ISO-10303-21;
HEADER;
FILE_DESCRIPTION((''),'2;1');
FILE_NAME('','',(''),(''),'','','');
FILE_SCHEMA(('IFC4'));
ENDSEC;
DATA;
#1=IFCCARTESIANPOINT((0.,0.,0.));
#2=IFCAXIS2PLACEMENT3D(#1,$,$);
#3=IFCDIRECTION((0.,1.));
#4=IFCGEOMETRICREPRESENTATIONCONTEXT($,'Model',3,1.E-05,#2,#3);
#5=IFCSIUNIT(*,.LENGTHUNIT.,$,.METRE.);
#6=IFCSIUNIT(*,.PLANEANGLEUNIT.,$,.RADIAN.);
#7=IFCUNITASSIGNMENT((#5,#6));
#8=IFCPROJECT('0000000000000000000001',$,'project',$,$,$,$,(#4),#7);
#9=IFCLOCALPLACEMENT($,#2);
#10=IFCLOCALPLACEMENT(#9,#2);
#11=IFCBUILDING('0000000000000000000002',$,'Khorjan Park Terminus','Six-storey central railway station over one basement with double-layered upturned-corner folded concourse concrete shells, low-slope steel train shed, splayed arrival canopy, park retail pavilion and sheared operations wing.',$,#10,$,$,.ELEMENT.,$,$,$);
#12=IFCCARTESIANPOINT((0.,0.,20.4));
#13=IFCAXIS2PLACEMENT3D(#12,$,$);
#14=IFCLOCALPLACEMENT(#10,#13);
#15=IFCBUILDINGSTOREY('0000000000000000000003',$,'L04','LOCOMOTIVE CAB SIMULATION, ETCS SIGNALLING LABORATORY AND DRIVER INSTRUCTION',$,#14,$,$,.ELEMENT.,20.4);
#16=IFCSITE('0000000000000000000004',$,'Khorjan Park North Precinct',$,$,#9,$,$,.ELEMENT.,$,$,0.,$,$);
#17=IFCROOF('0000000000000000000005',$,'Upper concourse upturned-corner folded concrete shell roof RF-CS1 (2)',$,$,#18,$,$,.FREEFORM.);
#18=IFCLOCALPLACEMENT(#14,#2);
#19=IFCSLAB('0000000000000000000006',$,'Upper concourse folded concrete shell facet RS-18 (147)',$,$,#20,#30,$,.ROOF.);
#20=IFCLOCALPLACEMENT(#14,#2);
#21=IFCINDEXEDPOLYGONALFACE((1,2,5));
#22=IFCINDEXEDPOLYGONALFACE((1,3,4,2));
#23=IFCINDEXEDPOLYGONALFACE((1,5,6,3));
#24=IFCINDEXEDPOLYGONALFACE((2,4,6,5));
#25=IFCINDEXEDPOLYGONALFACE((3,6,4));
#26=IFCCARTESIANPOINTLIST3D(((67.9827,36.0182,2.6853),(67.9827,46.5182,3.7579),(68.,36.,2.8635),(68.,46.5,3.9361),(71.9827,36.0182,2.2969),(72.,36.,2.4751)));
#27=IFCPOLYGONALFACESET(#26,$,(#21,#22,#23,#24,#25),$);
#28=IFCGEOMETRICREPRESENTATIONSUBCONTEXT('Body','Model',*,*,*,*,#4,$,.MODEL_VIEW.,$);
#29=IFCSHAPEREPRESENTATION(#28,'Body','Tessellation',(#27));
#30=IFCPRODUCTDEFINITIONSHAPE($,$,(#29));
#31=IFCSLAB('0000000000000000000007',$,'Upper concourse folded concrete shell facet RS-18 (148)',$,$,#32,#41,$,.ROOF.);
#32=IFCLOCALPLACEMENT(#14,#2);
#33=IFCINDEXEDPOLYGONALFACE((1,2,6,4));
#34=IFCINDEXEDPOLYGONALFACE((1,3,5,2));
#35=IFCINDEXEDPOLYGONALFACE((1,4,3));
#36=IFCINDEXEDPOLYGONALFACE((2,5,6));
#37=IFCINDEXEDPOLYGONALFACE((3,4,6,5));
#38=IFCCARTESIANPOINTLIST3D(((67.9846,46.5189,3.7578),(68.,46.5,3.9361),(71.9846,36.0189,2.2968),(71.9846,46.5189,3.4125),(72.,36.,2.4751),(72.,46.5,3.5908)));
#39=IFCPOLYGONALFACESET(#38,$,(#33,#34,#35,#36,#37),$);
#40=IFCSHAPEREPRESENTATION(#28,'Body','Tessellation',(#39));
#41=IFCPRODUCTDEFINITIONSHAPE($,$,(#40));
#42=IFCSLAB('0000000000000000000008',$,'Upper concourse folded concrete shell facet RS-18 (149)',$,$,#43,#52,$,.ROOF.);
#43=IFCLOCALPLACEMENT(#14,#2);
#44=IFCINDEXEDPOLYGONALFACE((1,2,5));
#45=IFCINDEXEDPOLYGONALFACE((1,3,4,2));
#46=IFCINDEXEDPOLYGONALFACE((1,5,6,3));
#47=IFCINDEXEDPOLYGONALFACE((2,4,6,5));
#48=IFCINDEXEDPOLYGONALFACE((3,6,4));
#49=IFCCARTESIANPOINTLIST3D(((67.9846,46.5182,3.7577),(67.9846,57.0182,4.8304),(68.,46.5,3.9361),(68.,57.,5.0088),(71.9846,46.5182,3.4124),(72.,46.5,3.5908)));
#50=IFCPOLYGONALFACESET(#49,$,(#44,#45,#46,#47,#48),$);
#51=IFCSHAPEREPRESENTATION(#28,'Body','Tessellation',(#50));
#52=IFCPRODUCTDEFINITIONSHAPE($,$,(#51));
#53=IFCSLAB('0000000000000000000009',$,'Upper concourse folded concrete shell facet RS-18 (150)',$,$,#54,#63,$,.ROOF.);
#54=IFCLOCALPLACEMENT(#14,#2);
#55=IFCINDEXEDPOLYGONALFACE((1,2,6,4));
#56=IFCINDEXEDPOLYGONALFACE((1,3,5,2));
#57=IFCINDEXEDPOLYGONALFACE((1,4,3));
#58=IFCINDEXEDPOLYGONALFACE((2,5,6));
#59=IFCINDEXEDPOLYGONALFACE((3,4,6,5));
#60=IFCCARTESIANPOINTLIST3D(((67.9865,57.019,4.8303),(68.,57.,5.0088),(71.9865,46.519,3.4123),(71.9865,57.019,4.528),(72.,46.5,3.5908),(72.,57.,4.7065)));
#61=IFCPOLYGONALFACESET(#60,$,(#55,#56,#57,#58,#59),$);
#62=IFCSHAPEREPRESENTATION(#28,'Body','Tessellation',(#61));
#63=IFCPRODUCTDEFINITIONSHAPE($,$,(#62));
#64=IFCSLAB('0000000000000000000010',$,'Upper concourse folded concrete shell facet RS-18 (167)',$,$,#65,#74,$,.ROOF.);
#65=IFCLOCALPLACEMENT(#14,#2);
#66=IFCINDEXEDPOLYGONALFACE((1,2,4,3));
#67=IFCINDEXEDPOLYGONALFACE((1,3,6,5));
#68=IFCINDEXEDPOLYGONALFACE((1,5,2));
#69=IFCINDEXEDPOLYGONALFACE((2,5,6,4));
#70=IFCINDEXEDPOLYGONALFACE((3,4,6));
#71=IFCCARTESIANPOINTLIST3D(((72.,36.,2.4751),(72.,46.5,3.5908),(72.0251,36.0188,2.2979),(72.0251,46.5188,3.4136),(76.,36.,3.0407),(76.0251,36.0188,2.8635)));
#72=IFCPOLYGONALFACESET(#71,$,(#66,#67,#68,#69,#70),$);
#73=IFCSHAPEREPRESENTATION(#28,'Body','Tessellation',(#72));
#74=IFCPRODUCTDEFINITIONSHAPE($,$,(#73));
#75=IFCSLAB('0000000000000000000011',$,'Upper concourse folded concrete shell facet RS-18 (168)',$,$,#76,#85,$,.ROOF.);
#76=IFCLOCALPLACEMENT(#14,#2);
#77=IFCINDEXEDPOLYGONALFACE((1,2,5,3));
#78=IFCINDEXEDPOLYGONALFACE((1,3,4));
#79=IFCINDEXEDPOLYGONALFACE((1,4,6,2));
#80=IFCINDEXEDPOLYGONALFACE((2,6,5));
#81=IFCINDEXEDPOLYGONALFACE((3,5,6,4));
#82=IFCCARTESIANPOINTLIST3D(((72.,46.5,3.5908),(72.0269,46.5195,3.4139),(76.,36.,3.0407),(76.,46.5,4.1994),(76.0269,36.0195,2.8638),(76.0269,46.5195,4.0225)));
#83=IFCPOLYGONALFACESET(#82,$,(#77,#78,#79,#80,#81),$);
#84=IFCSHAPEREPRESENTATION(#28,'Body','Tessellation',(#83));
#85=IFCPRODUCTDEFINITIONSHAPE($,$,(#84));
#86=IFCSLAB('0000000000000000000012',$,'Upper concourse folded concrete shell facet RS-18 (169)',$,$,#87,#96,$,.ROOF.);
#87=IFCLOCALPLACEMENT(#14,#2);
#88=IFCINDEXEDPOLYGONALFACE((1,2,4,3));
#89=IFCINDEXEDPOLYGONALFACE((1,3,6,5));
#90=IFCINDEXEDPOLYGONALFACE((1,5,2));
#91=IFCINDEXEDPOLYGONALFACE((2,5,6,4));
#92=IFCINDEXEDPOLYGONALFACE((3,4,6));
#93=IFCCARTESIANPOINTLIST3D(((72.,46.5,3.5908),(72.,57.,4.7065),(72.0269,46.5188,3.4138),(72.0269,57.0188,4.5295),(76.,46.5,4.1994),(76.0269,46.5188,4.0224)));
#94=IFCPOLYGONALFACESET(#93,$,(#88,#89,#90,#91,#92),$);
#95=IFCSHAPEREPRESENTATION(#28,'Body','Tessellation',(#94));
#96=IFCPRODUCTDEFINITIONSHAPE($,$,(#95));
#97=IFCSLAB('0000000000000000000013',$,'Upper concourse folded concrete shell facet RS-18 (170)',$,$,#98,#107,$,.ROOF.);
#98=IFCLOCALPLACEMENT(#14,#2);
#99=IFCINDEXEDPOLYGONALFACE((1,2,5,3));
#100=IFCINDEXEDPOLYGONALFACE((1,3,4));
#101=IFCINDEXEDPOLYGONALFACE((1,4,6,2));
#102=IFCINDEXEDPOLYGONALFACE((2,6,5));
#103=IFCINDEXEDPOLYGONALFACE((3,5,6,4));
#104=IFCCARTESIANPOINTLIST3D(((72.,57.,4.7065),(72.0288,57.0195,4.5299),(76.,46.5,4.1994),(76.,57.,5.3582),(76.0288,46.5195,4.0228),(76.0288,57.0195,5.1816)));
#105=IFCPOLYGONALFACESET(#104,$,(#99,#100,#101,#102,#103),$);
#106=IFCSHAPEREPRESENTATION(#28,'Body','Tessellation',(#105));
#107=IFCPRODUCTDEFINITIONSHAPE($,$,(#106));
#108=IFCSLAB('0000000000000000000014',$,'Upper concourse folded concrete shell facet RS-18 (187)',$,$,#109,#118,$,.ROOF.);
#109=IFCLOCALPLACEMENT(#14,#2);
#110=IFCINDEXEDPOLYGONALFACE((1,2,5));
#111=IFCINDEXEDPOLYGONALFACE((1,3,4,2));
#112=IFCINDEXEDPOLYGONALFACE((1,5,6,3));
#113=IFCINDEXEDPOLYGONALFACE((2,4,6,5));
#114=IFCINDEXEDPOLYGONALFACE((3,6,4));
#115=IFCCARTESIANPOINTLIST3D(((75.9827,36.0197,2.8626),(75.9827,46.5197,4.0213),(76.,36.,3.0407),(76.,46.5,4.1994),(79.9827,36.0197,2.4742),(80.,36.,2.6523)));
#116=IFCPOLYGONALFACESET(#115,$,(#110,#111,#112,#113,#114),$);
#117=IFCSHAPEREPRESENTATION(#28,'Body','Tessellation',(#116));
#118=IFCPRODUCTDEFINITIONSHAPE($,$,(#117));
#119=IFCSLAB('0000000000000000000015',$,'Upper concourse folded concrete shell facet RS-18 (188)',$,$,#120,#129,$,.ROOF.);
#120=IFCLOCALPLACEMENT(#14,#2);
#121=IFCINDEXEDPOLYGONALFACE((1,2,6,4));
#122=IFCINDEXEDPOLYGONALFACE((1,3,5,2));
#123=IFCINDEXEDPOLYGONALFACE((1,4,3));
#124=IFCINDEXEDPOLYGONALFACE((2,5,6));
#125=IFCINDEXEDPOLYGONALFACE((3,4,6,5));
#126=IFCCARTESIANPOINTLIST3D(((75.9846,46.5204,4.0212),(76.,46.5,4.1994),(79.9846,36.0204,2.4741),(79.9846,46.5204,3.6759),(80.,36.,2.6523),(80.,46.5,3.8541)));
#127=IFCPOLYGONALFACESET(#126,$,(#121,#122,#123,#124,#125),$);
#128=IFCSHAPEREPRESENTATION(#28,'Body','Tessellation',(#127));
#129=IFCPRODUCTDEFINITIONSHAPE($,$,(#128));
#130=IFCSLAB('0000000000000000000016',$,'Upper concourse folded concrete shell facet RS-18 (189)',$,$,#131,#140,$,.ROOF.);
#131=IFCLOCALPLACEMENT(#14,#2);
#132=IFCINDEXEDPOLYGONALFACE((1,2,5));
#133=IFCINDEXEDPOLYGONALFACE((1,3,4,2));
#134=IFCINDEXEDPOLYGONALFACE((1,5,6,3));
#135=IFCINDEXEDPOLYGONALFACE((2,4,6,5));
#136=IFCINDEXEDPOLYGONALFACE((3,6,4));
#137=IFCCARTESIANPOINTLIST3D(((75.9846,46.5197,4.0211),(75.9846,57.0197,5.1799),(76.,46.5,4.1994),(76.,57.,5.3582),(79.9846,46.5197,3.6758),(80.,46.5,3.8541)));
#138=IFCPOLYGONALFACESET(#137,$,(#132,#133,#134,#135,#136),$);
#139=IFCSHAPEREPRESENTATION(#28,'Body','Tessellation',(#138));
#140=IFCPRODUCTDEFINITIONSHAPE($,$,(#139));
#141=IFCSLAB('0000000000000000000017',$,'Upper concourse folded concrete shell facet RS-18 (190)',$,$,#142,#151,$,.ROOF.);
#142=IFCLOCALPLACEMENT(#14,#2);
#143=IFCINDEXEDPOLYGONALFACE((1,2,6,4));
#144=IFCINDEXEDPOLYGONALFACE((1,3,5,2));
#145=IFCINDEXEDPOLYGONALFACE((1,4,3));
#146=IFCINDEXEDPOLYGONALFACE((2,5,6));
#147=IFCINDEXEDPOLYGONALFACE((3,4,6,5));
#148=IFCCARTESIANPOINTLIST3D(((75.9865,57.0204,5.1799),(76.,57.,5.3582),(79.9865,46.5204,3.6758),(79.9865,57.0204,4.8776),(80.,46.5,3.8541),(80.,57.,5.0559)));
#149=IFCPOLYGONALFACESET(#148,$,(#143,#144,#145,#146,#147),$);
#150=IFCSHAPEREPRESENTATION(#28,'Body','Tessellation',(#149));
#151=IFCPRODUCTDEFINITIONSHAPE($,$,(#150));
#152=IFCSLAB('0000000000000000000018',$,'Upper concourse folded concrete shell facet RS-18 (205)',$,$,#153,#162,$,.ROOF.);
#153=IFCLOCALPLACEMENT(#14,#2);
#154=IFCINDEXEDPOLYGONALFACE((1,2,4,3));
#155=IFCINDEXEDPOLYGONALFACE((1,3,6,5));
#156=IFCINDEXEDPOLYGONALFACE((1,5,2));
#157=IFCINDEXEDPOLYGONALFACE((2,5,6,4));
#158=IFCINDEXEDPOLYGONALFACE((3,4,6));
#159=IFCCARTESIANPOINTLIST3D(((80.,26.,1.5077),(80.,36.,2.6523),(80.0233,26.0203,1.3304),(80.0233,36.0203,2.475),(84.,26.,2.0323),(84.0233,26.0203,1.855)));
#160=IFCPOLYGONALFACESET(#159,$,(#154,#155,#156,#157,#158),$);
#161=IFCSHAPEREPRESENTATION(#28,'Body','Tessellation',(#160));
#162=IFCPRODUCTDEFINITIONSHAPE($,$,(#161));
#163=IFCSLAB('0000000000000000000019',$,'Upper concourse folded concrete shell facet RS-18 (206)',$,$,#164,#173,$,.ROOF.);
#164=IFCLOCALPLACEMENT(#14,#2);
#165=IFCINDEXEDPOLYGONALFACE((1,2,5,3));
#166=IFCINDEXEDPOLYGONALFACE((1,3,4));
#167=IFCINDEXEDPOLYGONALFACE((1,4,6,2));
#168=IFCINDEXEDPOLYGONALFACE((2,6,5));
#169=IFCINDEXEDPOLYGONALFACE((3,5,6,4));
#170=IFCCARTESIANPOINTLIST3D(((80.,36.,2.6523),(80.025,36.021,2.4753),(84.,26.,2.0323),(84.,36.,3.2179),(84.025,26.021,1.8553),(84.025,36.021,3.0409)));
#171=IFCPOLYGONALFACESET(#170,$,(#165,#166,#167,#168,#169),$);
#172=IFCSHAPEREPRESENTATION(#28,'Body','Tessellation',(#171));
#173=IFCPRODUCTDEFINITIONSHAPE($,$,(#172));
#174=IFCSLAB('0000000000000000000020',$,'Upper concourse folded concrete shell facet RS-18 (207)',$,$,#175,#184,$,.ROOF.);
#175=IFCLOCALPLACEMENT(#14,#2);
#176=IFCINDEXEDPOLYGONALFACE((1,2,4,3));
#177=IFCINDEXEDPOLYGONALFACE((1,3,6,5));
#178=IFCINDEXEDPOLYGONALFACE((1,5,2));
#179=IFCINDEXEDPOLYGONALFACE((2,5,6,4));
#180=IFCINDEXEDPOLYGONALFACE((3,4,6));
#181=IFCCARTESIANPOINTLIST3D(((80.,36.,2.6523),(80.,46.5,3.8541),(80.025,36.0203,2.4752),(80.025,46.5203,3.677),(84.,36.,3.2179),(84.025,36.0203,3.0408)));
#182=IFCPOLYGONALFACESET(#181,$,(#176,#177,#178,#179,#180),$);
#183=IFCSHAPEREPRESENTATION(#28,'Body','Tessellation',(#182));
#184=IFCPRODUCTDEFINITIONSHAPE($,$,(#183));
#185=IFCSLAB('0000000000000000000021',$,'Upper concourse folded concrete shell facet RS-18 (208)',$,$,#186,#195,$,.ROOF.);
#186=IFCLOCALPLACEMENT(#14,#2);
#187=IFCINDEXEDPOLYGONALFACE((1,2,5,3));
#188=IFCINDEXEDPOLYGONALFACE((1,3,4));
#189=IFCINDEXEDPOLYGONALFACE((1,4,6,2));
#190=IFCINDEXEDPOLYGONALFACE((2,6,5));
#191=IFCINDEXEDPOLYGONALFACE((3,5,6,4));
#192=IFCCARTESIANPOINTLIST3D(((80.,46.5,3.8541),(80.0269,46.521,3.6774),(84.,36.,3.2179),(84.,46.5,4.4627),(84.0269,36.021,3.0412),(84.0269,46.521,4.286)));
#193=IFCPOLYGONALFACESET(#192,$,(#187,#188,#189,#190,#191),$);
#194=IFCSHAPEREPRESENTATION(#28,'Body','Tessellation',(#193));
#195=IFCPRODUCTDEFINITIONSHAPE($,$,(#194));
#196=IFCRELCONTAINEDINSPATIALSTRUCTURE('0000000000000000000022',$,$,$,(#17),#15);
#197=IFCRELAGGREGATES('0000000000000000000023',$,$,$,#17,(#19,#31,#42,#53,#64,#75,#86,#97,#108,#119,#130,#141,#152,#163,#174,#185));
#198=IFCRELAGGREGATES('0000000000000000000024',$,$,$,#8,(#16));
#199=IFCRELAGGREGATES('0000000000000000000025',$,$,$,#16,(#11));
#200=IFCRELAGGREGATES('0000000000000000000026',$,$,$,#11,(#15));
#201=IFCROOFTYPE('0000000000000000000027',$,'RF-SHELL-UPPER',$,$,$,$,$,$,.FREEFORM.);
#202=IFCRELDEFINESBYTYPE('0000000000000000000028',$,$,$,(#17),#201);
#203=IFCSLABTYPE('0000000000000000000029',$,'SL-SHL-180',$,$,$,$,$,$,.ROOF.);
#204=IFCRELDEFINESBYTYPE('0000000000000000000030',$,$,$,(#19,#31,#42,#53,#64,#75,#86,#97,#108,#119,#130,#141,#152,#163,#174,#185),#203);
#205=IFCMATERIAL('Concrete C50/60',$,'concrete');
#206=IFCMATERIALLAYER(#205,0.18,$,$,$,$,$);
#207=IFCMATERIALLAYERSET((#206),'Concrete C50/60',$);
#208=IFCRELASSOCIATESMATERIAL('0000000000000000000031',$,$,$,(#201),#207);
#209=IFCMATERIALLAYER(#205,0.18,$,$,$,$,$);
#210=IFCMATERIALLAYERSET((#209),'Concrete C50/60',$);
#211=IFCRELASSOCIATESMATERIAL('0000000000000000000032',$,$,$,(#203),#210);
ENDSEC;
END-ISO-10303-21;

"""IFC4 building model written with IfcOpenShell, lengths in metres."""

from ifc_helpers import new_model, si_unit, direction, frame, origin, place, context, subcontext, project, spatial, polyline, outline, extrude, material, layer, layer_set, type_object, element, aggregate, save


model = new_model("IFC4")

# Units and contexts
model_context = context("Model", 3, precision=1e-05, world=origin(), true_north=direction((0.0, 1.0)))
body_context = subcontext(model_context, "Body", "Model", "MODEL_VIEW")
ifc_project = project(units=[si_unit("LENGTHUNIT", "METRE"), si_unit("PLANEANGLEUNIT", "RADIAN")], contexts=[model_context])

# Site, building, storey
site_placement = place(None, origin())
site = spatial("IfcSite", under=ifc_project, at=site_placement, Name="Khorjan Park North Precinct", CompositionType="ELEMENT", RefElevation=0.0)
building_placement = place(site_placement, origin())
building = spatial("IfcBuilding", under=site, at=building_placement, Name="Khorjan Park Terminus", Description="Six-storey central railway station over one basement with double-layered upturned-corner folded concourse concrete shells, low-slope steel train shed, splayed arrival canopy, park retail pavilion and sheared operations wing.", CompositionType="ELEMENT")
storey_placement = place(building_placement, frame((0.0, 0.0, 20.4)))
storey = spatial("IfcBuildingStorey", under=building, at=storey_placement, Name="L04", Description="LOCOMOTIVE CAB SIMULATION, ETCS SIGNALLING LABORATORY AND DRIVER INSTRUCTION", CompositionType="ELEMENT", Elevation=20.4)

# Roof, slabs
ifc_material = material(Name="Concrete C50/60", Category="concrete")
ifc_layer_1 = layer(ifc_material, 0.18)
ifc_layer_set_1 = layer_set([ifc_layer_1], Name="Concrete C50/60")
roof_type = type_object("IfcRoofType", Name="RF-SHELL-UPPER", PredefinedType="FREEFORM", material=ifc_layer_set_1)
roof_1_placement = place(storey_placement, origin())
roof_1 = element("IfcRoof", 1, at=roof_1_placement, inside=storey, type_object=roof_type, Name="Upper concourse upturned-corner folded concrete shell roof RF-CS1 (2)", PredefinedType="FREEFORM")
ifc_layer_2 = layer(ifc_material, 0.18)
ifc_layer_set_2 = layer_set([ifc_layer_2], Name="Concrete C50/60")
slab_type = type_object("IfcSlabType", Name="SL-SHL-180", PredefinedType="ROOF", material=ifc_layer_set_2)
slab_1_placement = place(storey_placement, frame((68.0, 36.0, 2.8635), z_axis=(0.09615, -0.101153, 0.990214), x_axis=(0.995319, 0.0, -0.096645)))
slab_1 = element("IfcSlab", 2, at=slab_1_placement, type_object=slab_type, Name="Upper concourse folded concrete shell facet RS-18 (147)", PredefinedType="ROOF", context=body_context, shape_type="SweptSolid", body=[
    extrude(outline(polyline([(0.0, 0.0), (4.0188, 0.0), (-0.1037, 10.5541), (0.0, 0.0)])), origin(), (0.0, 0.0, -1.0), 0.18),
])
slab_2_placement = place(storey_placement, frame((72.0, 36.0, 2.4751), z_axis=(0.085527, -0.105275, 0.990758), x_axis=(0.0, 0.994402, 0.105662)))
slab_2 = element("IfcSlab", 3, at=slab_2_placement, type_object=slab_type, Name="Upper concourse folded concrete shell facet RS-18 (148)", PredefinedType="ROOF", context=body_context, shape_type="SweptSolid", body=[
    extrude(outline(polyline([(0.0, 0.0), (10.5591, 0.0), (10.5956, 4.0147), (0.0, 0.0)])), origin(), (0.0, 0.0, -1.0), 0.18),
])
slab_3_placement = place(storey_placement, frame((68.0, 46.5, 3.9361), z_axis=(0.085563, -0.10126, 0.991174), x_axis=(0.996295, 0.0, -0.086005)))
slab_3 = element("IfcSlab", 4, at=slab_3_placement, type_object=slab_type, Name="Upper concourse folded concrete shell facet RS-18 (149)", PredefinedType="ROOF", context=body_context, shape_type="SweptSolid", body=[
    extrude(outline(polyline([(0.0, 0.0), (4.0149, 0.0), (-0.0923, 10.5542), (0.0, 0.0)])), origin(), (0.0, 0.0, -1.0), 0.18),
])
slab_4_placement = place(storey_placement, frame((72.0, 46.5, 3.5908), z_axis=(0.074941, -0.105365, 0.991606), x_axis=(0.0, 0.994402, 0.105662)))
slab_4 = element("IfcSlab", 5, at=slab_4_placement, type_object=slab_type, Name="Upper concourse folded concrete shell facet RS-18 (150)", PredefinedType="ROOF", context=body_context, shape_type="SweptSolid", body=[
    extrude(outline(polyline([(0.0, 0.0), (10.5591, 0.0), (10.5911, 4.0113), (0.0, 0.0)])), origin(), (0.0, 0.0, -1.0), 0.18),
])
slab_5_placement = place(storey_placement, frame((72.0, 36.0, 2.4751), z_axis=(-0.139239, -0.104633, 0.984715), x_axis=(0.99015, 0.0, 0.140007)))
slab_5 = element("IfcSlab", 6, at=slab_5_placement, type_object=slab_type, Name="Upper concourse folded concrete shell facet RS-18 (167)", PredefinedType="ROOF", context=body_context, shape_type="SweptSolid", body=[
    extrude(outline(polyline([(0.0, 0.0), (4.0398, 0.0), (0.1562, 10.558), (0.0, 0.0)])), origin(), (0.0, 0.0, -1.0), 0.18),
])
slab_6_placement = place(storey_placement, frame((76.0, 36.0, 3.0407), z_axis=(-0.149532, -0.108453, 0.982791), x_axis=(0.0, 0.993966, 0.109687)))
slab_6 = element("IfcSlab", 7, at=slab_6_placement, type_object=slab_type, Name="Upper concourse folded concrete shell facet RS-18 (168)", PredefinedType="ROOF", context=body_context, shape_type="SweptSolid", body=[
    extrude(outline(polyline([(0.0, 0.0), (10.5637, 0.0), (10.497, 4.0455), (0.0, 0.0)])), origin(), (0.0, 0.0, -1.0), 0.18),
])
slab_7_placement = place(storey_placement, frame((72.0, 46.5, 3.5908), z_axis=(-0.149596, -0.104473, 0.983212), x_axis=(0.988622, 0.0, 0.150419)))
slab_7 = element("IfcSlab", 8, at=slab_7_placement, type_object=slab_type, Name="Upper concourse folded concrete shell facet RS-18 (169)", PredefinedType="ROOF", context=body_context, shape_type="SweptSolid", body=[
    extrude(outline(polyline([(0.0, 0.0), (4.046, 0.0), (0.1678, 10.5578), (0.0, 0.0)])), origin(), (0.0, 0.0, -1.0), 0.18),
])
slab_8_placement = place(storey_placement, frame((76.0, 46.5, 4.1994), z_axis=(-0.159859, -0.108285, 0.981183), x_axis=(0.0, 0.993965, 0.109696)))
slab_8 = element("IfcSlab", 9, at=slab_8_placement, type_object=slab_type, Name="Upper concourse folded concrete shell facet RS-18 (170)", PredefinedType="ROOF", context=body_context, shape_type="SweptSolid", body=[
    extrude(outline(polyline([(0.0, 0.0), (10.5638, 0.0), (10.4923, 4.0521), (0.0, 0.0)])), origin(), (0.0, 0.0, -1.0), 0.18),
])
slab_9_placement = place(storey_placement, frame((76.0, 36.0, 3.0407), z_axis=(0.096068, -0.109179, 0.989369), x_axis=(0.995319, 0.0, -0.096645)))
slab_9 = element("IfcSlab", 10, at=slab_9_placement, type_object=slab_type, Name="Upper concourse folded concrete shell facet RS-18 (187)", PredefinedType="ROOF", context=body_context, shape_type="SweptSolid", body=[
    extrude(outline(polyline([(0.0, 0.0), (4.0188, 0.0), (-0.112, 10.5631), (0.0, 0.0)])), origin(), (0.0, 0.0, -1.0), 0.18),
])
slab_10_placement = place(storey_placement, frame((80.0, 36.0, 2.6523), z_axis=(0.085451, -0.113299, 0.98988), x_axis=(0.0, 0.993513, 0.113715)))
slab_10 = element("IfcSlab", 11, at=slab_10_placement, type_object=slab_type, Name="Upper concourse folded concrete shell facet RS-18 (188)", PredefinedType="ROOF", context=body_context, shape_type="SweptSolid", body=[
    extrude(outline(polyline([(0.0, 0.0), (10.5686, 0.0), (10.6078, 4.0147), (0.0, 0.0)])), origin(), (0.0, 0.0, -1.0), 0.18),
])
slab_11_placement = place(storey_placement, frame((76.0, 46.5, 4.1994), z_axis=(0.08549, -0.109294, 0.990326), x_axis=(0.996295, 0.0, -0.086005)))
slab_11 = element("IfcSlab", 12, at=slab_11_placement, type_object=slab_type, Name="Upper concourse folded concrete shell facet RS-18 (189)", PredefinedType="ROOF", context=body_context, shape_type="SweptSolid", body=[
    extrude(outline(polyline([(0.0, 0.0), (4.0149, 0.0), (-0.0997, 10.5633), (0.0, 0.0)])), origin(), (0.0, 0.0, -1.0), 0.18),
])
slab_12_placement = place(storey_placement, frame((80.0, 46.5, 3.8541), z_axis=(0.074874, -0.113396, 0.990725), x_axis=(0.0, 0.993513, 0.113715)))
slab_12 = element("IfcSlab", 13, at=slab_12_placement, type_object=slab_type, Name="Upper concourse folded concrete shell facet RS-18 (190)", PredefinedType="ROOF", context=body_context, shape_type="SweptSolid", body=[
    extrude(outline(polyline([(0.0, 0.0), (10.5686, 0.0), (10.6029, 4.0113), (0.0, 0.0)])), origin(), (0.0, 0.0, -1.0), 0.18),
])
slab_13_placement = place(storey_placement, frame((80.0, 26.0, 1.5077), z_axis=(-0.129207, -0.112764, 0.985185), x_axis=(0.991509, 0.0, 0.130036)))
slab_13 = element("IfcSlab", 14, at=slab_13_placement, type_object=slab_type, Name="Upper concourse folded concrete shell facet RS-18 (205)", PredefinedType="ROOF", context=body_context, shape_type="SweptSolid", body=[
    extrude(outline(polyline([(0.0, 0.0), (4.0343, 0.0), (0.1488, 10.0642), (0.0, 0.0)])), origin(), (0.0, 0.0, -1.0), 0.18),
])
slab_14_placement = place(storey_placement, frame((84.0, 26.0, 2.0323), z_axis=(-0.139052, -0.116592, 0.983398), x_axis=(0.0, 0.993045, 0.117735)))
slab_14 = element("IfcSlab", 15, at=slab_14_placement, type_object=slab_type, Name="Upper concourse folded concrete shell facet RS-18 (206)", PredefinedType="ROOF", context=body_context, shape_type="SweptSolid", body=[
    extrude(outline(polyline([(0.0, 0.0), (10.07, 0.0), (10.0034, 4.0392), (0.0, 0.0)])), origin(), (0.0, 0.0, -1.0), 0.18),
])
slab_15_placement = place(storey_placement, frame((80.0, 36.0, 2.6523), z_axis=(-0.139117, -0.112609, 0.983853), x_axis=(0.99015, 0.0, 0.140007)))
slab_15 = element("IfcSlab", 16, at=slab_15_placement, type_object=slab_type, Name="Upper concourse folded concrete shell facet RS-18 (207)", PredefinedType="ROOF", context=body_context, shape_type="SweptSolid", body=[
    extrude(outline(polyline([(0.0, 0.0), (4.0398, 0.0), (0.1683, 10.5672), (0.0, 0.0)])), origin(), (0.0, 0.0, -1.0), 0.18),
])
slab_16_placement = place(storey_placement, frame((84.0, 36.0, 3.2179), z_axis=(-0.149396, -0.116407, 0.981901), x_axis=(0.0, 0.993046, 0.117728)))
slab_16 = element("IfcSlab", 17, at=slab_16_placement, type_object=slab_type, Name="Upper concourse folded concrete shell facet RS-18 (208)", PredefinedType="ROOF", context=body_context, shape_type="SweptSolid", body=[
    extrude(outline(polyline([(0.0, 0.0), (10.5735, 0.0), (10.5019, 4.0454), (0.0, 0.0)])), origin(), (0.0, 0.0, -1.0), 0.18),
])
aggregate(roof_1, [slab_1, slab_2, slab_3, slab_4, slab_5, slab_6, slab_7, slab_8, slab_9, slab_10, slab_11, slab_12, slab_13, slab_14, slab_15, slab_16])

save(model, "model.ifc")
